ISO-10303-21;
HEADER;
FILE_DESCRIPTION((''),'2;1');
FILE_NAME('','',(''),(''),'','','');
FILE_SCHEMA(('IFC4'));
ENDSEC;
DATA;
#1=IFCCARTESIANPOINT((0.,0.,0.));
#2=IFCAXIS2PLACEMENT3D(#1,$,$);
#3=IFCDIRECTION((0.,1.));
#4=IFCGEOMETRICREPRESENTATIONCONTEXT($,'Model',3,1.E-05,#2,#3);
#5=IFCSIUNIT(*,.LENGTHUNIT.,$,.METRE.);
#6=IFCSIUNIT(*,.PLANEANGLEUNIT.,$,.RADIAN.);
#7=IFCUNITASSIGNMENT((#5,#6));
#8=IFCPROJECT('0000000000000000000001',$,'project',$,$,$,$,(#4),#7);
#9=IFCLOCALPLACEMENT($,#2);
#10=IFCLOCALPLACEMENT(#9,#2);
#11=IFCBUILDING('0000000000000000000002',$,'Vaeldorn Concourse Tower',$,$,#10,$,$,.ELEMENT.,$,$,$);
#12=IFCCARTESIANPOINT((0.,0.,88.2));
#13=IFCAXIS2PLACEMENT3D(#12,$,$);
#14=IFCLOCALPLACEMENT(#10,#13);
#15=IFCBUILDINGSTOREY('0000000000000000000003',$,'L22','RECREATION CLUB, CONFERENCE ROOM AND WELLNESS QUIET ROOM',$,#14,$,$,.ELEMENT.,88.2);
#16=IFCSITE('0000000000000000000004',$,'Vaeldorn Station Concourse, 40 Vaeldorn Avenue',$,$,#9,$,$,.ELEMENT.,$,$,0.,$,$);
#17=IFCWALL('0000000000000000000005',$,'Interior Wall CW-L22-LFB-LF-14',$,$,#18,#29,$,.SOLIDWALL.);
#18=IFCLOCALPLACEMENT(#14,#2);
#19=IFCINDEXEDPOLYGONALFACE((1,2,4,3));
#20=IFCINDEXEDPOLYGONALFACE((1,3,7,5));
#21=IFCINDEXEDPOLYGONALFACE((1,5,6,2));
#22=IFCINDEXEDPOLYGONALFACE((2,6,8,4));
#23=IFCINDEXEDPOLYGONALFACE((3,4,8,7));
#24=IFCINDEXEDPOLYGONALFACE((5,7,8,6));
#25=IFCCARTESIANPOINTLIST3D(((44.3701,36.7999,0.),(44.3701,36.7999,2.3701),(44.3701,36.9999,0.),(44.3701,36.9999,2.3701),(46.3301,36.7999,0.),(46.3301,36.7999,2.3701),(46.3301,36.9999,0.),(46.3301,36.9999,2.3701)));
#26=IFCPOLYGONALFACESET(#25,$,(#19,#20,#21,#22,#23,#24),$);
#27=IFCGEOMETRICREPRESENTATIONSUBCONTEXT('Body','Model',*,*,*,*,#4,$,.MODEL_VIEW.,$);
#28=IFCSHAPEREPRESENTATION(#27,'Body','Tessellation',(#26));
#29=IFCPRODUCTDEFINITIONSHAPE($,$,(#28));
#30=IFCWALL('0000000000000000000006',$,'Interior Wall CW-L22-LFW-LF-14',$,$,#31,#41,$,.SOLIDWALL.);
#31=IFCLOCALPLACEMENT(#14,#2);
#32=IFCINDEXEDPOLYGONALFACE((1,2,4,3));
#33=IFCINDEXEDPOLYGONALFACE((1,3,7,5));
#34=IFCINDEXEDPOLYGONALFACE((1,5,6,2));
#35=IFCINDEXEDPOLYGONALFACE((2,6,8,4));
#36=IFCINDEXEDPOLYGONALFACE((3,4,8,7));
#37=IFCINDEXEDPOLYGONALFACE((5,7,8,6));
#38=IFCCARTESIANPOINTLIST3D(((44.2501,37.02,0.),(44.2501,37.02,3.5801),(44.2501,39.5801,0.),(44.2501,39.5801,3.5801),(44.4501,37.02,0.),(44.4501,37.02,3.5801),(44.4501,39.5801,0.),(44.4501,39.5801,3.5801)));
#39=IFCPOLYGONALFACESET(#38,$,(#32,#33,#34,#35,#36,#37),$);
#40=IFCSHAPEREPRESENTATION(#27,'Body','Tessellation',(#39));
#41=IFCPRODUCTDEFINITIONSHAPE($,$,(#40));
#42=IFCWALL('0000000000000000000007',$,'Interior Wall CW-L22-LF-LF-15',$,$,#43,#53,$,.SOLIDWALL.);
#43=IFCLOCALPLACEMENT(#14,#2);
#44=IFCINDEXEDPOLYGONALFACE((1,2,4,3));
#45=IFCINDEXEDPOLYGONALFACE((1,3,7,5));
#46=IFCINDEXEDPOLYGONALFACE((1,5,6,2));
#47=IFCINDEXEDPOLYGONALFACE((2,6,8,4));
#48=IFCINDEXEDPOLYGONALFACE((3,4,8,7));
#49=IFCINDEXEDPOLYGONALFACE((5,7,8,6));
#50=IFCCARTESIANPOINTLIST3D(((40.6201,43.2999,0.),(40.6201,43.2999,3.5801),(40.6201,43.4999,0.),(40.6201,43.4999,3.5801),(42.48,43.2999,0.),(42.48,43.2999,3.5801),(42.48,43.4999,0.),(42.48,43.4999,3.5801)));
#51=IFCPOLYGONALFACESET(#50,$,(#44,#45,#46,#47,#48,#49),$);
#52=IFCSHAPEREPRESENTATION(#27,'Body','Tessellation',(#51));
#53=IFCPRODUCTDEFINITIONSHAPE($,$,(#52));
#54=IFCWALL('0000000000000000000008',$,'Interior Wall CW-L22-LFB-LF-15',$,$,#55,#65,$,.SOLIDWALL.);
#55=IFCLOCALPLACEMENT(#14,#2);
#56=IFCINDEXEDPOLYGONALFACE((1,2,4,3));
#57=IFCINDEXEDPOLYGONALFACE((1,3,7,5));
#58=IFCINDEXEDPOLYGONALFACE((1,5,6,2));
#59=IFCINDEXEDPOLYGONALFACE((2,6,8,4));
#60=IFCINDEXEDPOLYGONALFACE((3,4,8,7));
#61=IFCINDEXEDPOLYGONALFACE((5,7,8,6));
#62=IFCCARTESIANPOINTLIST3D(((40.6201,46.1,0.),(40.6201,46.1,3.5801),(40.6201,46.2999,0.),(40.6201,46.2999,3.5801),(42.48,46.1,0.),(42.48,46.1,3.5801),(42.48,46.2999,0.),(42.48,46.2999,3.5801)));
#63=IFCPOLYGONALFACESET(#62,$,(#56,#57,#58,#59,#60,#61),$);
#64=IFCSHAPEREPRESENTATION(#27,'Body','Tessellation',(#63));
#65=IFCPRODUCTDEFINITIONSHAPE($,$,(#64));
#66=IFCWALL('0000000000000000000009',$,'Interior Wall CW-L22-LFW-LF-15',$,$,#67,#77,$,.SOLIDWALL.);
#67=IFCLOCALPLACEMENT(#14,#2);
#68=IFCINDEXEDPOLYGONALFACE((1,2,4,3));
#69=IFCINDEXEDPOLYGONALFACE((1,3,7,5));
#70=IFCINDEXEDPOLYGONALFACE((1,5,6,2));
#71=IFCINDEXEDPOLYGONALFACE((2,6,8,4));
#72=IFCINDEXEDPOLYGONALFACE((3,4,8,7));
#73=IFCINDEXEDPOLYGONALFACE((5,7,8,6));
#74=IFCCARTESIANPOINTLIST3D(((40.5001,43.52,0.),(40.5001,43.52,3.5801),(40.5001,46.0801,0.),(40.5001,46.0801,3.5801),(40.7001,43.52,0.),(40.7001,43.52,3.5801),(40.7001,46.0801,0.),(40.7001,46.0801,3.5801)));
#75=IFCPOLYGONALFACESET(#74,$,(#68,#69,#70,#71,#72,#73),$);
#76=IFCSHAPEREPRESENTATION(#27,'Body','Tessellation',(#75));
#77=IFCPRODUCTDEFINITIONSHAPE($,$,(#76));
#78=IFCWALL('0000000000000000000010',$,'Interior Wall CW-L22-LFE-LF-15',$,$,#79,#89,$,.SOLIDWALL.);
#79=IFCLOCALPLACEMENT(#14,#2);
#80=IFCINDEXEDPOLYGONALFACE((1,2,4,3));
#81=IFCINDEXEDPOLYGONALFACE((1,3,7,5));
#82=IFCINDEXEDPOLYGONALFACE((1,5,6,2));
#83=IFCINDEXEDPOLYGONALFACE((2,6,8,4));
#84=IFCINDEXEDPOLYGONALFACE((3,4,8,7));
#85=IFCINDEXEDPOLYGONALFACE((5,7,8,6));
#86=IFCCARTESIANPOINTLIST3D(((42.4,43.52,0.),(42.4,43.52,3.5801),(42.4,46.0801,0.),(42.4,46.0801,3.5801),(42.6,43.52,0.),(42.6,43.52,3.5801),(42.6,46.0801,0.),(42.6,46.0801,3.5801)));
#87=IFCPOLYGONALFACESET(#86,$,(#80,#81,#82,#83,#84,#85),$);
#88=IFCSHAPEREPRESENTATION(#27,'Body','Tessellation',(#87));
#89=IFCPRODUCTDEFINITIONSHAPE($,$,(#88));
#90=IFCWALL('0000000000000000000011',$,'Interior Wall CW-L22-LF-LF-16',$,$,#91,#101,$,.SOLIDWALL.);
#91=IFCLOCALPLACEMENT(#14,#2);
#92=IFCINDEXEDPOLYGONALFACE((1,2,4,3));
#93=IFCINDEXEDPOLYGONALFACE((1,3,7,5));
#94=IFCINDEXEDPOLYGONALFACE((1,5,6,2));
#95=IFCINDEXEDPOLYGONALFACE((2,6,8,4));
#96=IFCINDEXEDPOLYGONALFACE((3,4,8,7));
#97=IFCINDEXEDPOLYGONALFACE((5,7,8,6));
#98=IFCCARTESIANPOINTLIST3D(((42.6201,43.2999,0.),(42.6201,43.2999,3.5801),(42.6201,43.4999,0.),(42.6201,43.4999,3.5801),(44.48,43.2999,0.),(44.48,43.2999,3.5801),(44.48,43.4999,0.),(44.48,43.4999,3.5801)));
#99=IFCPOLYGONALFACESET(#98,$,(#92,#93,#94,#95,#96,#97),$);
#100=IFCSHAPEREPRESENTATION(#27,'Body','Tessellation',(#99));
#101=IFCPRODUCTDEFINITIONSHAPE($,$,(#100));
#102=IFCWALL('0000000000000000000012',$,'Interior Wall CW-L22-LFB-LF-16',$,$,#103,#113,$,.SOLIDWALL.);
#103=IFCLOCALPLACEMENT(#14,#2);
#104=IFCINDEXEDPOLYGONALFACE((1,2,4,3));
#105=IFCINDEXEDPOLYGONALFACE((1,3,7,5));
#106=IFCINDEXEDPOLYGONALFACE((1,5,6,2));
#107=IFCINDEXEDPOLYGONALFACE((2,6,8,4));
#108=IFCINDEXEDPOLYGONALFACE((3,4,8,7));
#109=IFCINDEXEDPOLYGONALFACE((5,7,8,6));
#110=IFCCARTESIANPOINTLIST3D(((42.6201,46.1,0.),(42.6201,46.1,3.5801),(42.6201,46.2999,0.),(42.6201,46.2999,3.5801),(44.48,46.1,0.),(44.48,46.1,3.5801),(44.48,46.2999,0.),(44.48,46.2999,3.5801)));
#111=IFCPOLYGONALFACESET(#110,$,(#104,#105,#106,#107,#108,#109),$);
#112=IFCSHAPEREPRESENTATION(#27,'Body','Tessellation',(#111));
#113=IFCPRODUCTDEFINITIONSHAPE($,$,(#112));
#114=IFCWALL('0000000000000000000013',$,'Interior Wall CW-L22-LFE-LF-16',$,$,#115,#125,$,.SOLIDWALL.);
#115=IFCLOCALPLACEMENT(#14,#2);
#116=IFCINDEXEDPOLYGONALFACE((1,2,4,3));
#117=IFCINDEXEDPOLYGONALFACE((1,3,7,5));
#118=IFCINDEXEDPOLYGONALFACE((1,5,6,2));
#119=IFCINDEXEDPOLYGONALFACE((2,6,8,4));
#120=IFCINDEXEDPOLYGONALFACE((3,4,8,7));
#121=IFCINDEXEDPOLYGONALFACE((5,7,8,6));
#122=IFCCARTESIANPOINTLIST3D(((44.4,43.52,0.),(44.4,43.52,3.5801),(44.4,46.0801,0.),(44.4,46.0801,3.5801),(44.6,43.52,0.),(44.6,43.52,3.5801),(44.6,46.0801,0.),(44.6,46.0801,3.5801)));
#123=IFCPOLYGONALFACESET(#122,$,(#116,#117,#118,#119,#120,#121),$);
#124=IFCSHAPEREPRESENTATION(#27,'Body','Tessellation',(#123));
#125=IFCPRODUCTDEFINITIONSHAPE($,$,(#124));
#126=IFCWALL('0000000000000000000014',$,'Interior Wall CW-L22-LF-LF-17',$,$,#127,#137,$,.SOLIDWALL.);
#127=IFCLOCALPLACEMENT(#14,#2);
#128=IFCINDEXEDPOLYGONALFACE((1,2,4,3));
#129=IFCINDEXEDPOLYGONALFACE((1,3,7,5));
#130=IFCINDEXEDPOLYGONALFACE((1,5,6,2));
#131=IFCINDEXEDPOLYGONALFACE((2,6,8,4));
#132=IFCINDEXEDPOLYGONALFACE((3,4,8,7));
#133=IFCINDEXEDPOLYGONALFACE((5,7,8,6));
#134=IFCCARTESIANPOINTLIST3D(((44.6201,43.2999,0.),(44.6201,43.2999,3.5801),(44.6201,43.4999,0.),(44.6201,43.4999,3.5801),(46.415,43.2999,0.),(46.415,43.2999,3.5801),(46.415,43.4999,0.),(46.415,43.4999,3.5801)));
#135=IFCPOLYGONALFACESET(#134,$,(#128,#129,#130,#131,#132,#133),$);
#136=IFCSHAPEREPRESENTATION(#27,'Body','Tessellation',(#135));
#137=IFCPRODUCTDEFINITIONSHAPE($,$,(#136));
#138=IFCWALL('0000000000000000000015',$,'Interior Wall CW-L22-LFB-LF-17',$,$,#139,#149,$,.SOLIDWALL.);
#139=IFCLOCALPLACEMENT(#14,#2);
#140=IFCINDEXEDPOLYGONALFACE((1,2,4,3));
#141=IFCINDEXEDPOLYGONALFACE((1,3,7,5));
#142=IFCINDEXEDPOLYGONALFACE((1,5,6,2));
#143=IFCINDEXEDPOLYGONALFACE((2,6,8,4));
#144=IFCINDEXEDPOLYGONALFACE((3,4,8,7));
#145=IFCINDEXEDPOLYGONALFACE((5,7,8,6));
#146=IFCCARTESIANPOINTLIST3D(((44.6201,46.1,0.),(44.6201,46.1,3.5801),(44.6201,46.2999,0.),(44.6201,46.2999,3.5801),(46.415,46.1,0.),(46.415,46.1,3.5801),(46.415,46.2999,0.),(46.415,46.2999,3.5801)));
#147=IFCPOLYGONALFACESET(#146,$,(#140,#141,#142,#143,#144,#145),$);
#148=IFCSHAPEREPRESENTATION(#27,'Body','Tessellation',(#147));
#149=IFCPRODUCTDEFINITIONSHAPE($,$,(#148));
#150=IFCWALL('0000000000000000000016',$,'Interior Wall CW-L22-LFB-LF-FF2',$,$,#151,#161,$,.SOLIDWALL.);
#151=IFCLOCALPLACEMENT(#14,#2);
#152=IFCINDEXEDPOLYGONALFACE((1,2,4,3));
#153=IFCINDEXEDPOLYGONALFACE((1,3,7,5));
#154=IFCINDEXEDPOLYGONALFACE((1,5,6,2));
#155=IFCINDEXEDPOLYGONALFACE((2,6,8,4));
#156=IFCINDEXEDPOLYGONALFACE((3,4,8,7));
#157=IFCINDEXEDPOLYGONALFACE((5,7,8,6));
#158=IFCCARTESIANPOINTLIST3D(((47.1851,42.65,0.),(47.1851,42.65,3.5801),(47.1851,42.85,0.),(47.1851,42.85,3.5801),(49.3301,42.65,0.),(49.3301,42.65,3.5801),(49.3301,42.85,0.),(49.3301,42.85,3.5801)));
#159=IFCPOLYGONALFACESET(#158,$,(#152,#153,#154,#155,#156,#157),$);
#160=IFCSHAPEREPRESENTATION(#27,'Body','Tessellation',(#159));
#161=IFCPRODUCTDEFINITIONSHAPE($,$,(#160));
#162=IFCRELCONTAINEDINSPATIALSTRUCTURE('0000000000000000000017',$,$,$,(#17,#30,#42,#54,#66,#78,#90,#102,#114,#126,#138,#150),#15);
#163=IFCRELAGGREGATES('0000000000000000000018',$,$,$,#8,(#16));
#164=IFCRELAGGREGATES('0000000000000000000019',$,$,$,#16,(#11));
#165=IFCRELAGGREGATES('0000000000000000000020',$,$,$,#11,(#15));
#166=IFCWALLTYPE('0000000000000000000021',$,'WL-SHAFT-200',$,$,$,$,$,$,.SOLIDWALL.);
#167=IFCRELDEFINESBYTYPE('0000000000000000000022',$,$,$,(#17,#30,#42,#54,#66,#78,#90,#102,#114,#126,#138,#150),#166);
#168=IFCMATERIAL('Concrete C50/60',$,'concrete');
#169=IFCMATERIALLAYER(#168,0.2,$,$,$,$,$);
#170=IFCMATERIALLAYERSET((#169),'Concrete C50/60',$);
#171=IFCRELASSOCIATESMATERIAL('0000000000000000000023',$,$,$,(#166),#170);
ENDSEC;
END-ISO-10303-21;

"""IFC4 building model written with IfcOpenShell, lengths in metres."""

from ifc_helpers import new_model, si_unit, direction, frame, frame_2d, origin, place, context, subcontext, project, spatial, rectangle, extrude, material, layer, layer_set, type_object, element, save


model = new_model("IFC4")

# Units and contexts
model_context = context("Model", 3, precision=1e-05, world=origin(), true_north=direction((0.0, 1.0)))
body_context = subcontext(model_context, "Body", "Model", "MODEL_VIEW")
ifc_project = project(units=[si_unit("LENGTHUNIT", "METRE"), si_unit("PLANEANGLEUNIT", "RADIAN")], contexts=[model_context])

# Site, building, storey
site_placement = place(None, origin())
site = spatial("IfcSite", under=ifc_project, at=site_placement, Name="Vaeldorn Station Concourse, 40 Vaeldorn Avenue", CompositionType="ELEMENT", RefElevation=0.0)
building_placement = place(site_placement, origin())
building = spatial("IfcBuilding", under=site, at=building_placement, Name="Vaeldorn Concourse Tower", CompositionType="ELEMENT")
storey_placement = place(building_placement, frame((0.0, 0.0, 88.2)))
storey = spatial("IfcBuildingStorey", under=building, at=storey_placement, Name="L22", Description="RECREATION CLUB, CONFERENCE ROOM AND WELLNESS QUIET ROOM", CompositionType="ELEMENT", Elevation=88.2)

# Shared definitions
ifc_material_1 = material(Name="Concrete C50/60", Category="concrete")
ifc_layer_1 = layer(ifc_material_1, 0.2)
ifc_layer_set_1 = layer_set([ifc_layer_1], Name="Concrete C50/60")
wall_type_1 = type_object("IfcWallType", Name="WL-SHAFT-200", PredefinedType="SOLIDWALL", material=ifc_layer_set_1)

# Walls
wall_1_placement = place(storey_placement, frame((44.3701, 36.8999, 0.0), z_axis=(0.0, 0.0, 1.0), x_axis=(1.0, 0.0, 0.0)))
element("IfcWall", 1, at=wall_1_placement, inside=storey, type_object=wall_type_1, Name="Interior Wall CW-L22-LFB-LF-14", PredefinedType="SOLIDWALL", context=body_context, shape_type="SweptSolid", body=[
    extrude(rectangle(XDim=1.96, YDim=0.2, at=frame_2d((0.98, 0.0))), origin(), (0.0, 0.0, 1.0), 2.3701),
])
wall_2_placement = place(storey_placement, frame((44.3501, 37.02, 0.0), z_axis=(0.0, 0.0, 1.0), x_axis=(0.0, 1.0, 0.0)))
element("IfcWall", 2, at=wall_2_placement, inside=storey, type_object=wall_type_1, Name="Interior Wall CW-L22-LFW-LF-14", PredefinedType="SOLIDWALL", context=body_context, shape_type="SweptSolid", body=[
    extrude(rectangle(XDim=2.5601, YDim=0.2, at=frame_2d((1.28, 0.0))), origin(), (0.0, 0.0, 1.0), 3.5801),
])
for number, where, z_axis, x_axis, name in (
    (3, (40.6201, 43.3999, 0.0), (0.0, 0.0, 1.0), (1.0, 0.0, 0.0), "Interior Wall CW-L22-LF-LF-15"),
    (4, (40.6201, 46.2, 0.0), (0.0, 0.0, 1.0), (1.0, 0.0, 0.0), "Interior Wall CW-L22-LFB-LF-15"),
):
    element("IfcWall", number, at=place(storey_placement, frame(where, z_axis=z_axis, x_axis=x_axis)), inside=storey, type_object=wall_type_1, Name=name, PredefinedType="SOLIDWALL", context=body_context, shape_type="SweptSolid", body=[
        extrude(rectangle(XDim=1.8599, YDim=0.2, at=frame_2d((0.9299, 0.0))), origin(), (0.0, 0.0, 1.0), 3.5801),
    ])
for number, where, z_axis, x_axis, name in (
    (5, (40.6001, 43.52, 0.0), (0.0, 0.0, 1.0), (0.0, 1.0, 0.0), "Interior Wall CW-L22-LFW-LF-15"),
    (6, (42.5, 43.52, 0.0), (0.0, 0.0, 1.0), (0.0, 1.0, 0.0), "Interior Wall CW-L22-LFE-LF-15"),
):
    element("IfcWall", number, at=place(storey_placement, frame(where, z_axis=z_axis, x_axis=x_axis)), inside=storey, type_object=wall_type_1, Name=name, PredefinedType="SOLIDWALL", context=body_context, shape_type="SweptSolid", body=[
        extrude(rectangle(XDim=2.5601, YDim=0.2, at=frame_2d((1.28, 0.0))), origin(), (0.0, 0.0, 1.0), 3.5801),
    ])
for number, where, z_axis, x_axis, name in (
    (7, (42.6201, 43.3999, 0.0), (0.0, 0.0, 1.0), (1.0, 0.0, 0.0), "Interior Wall CW-L22-LF-LF-16"),
    (8, (42.6201, 46.2, 0.0), (0.0, 0.0, 1.0), (1.0, 0.0, 0.0), "Interior Wall CW-L22-LFB-LF-16"),
):
    element("IfcWall", number, at=place(storey_placement, frame(where, z_axis=z_axis, x_axis=x_axis)), inside=storey, type_object=wall_type_1, Name=name, PredefinedType="SOLIDWALL", context=body_context, shape_type="SweptSolid", body=[
        extrude(rectangle(XDim=1.8599, YDim=0.2, at=frame_2d((0.9299, 0.0))), origin(), (0.0, 0.0, 1.0), 3.5801),
    ])
wall_3_placement = place(storey_placement, frame((44.5, 43.52, 0.0), z_axis=(0.0, 0.0, 1.0), x_axis=(0.0, 1.0, 0.0)))
element("IfcWall", 9, at=wall_3_placement, inside=storey, type_object=wall_type_1, Name="Interior Wall CW-L22-LFE-LF-16", PredefinedType="SOLIDWALL", context=body_context, shape_type="SweptSolid", body=[
    extrude(rectangle(XDim=2.5601, YDim=0.2, at=frame_2d((1.28, 0.0))), origin(), (0.0, 0.0, 1.0), 3.5801),
])
for number, where, z_axis, x_axis, name in (
    (10, (44.6201, 43.3999, 0.0), (0.0, 0.0, 1.0), (1.0, 0.0, 0.0), "Interior Wall CW-L22-LF-LF-17"),
    (11, (44.6201, 46.2, 0.0), (0.0, 0.0, 1.0), (1.0, 0.0, 0.0), "Interior Wall CW-L22-LFB-LF-17"),
):
    element("IfcWall", number, at=place(storey_placement, frame(where, z_axis=z_axis, x_axis=x_axis)), inside=storey, type_object=wall_type_1, Name=name, PredefinedType="SOLIDWALL", context=body_context, shape_type="SweptSolid", body=[
        extrude(rectangle(XDim=1.7949, YDim=0.2, at=frame_2d((0.8975, 0.0))), origin(), (0.0, 0.0, 1.0), 3.5801),
    ])

# Wall
wall_4_placement = place(storey_placement, frame((47.1851, 42.75, 0.0), z_axis=(0.0, 0.0, 1.0), x_axis=(1.0, 0.0, 0.0)))
element("IfcWall", 12, at=wall_4_placement, inside=storey, type_object=wall_type_1, Name="Interior Wall CW-L22-LFB-LF-FF2", PredefinedType="SOLIDWALL", context=body_context, shape_type="SweptSolid", body=[
    extrude(rectangle(XDim=2.145, YDim=0.2, at=frame_2d((1.0725, 0.0))), origin(), (0.0, 0.0, 1.0), 3.5801),
])

save(model, "model.ifc")
